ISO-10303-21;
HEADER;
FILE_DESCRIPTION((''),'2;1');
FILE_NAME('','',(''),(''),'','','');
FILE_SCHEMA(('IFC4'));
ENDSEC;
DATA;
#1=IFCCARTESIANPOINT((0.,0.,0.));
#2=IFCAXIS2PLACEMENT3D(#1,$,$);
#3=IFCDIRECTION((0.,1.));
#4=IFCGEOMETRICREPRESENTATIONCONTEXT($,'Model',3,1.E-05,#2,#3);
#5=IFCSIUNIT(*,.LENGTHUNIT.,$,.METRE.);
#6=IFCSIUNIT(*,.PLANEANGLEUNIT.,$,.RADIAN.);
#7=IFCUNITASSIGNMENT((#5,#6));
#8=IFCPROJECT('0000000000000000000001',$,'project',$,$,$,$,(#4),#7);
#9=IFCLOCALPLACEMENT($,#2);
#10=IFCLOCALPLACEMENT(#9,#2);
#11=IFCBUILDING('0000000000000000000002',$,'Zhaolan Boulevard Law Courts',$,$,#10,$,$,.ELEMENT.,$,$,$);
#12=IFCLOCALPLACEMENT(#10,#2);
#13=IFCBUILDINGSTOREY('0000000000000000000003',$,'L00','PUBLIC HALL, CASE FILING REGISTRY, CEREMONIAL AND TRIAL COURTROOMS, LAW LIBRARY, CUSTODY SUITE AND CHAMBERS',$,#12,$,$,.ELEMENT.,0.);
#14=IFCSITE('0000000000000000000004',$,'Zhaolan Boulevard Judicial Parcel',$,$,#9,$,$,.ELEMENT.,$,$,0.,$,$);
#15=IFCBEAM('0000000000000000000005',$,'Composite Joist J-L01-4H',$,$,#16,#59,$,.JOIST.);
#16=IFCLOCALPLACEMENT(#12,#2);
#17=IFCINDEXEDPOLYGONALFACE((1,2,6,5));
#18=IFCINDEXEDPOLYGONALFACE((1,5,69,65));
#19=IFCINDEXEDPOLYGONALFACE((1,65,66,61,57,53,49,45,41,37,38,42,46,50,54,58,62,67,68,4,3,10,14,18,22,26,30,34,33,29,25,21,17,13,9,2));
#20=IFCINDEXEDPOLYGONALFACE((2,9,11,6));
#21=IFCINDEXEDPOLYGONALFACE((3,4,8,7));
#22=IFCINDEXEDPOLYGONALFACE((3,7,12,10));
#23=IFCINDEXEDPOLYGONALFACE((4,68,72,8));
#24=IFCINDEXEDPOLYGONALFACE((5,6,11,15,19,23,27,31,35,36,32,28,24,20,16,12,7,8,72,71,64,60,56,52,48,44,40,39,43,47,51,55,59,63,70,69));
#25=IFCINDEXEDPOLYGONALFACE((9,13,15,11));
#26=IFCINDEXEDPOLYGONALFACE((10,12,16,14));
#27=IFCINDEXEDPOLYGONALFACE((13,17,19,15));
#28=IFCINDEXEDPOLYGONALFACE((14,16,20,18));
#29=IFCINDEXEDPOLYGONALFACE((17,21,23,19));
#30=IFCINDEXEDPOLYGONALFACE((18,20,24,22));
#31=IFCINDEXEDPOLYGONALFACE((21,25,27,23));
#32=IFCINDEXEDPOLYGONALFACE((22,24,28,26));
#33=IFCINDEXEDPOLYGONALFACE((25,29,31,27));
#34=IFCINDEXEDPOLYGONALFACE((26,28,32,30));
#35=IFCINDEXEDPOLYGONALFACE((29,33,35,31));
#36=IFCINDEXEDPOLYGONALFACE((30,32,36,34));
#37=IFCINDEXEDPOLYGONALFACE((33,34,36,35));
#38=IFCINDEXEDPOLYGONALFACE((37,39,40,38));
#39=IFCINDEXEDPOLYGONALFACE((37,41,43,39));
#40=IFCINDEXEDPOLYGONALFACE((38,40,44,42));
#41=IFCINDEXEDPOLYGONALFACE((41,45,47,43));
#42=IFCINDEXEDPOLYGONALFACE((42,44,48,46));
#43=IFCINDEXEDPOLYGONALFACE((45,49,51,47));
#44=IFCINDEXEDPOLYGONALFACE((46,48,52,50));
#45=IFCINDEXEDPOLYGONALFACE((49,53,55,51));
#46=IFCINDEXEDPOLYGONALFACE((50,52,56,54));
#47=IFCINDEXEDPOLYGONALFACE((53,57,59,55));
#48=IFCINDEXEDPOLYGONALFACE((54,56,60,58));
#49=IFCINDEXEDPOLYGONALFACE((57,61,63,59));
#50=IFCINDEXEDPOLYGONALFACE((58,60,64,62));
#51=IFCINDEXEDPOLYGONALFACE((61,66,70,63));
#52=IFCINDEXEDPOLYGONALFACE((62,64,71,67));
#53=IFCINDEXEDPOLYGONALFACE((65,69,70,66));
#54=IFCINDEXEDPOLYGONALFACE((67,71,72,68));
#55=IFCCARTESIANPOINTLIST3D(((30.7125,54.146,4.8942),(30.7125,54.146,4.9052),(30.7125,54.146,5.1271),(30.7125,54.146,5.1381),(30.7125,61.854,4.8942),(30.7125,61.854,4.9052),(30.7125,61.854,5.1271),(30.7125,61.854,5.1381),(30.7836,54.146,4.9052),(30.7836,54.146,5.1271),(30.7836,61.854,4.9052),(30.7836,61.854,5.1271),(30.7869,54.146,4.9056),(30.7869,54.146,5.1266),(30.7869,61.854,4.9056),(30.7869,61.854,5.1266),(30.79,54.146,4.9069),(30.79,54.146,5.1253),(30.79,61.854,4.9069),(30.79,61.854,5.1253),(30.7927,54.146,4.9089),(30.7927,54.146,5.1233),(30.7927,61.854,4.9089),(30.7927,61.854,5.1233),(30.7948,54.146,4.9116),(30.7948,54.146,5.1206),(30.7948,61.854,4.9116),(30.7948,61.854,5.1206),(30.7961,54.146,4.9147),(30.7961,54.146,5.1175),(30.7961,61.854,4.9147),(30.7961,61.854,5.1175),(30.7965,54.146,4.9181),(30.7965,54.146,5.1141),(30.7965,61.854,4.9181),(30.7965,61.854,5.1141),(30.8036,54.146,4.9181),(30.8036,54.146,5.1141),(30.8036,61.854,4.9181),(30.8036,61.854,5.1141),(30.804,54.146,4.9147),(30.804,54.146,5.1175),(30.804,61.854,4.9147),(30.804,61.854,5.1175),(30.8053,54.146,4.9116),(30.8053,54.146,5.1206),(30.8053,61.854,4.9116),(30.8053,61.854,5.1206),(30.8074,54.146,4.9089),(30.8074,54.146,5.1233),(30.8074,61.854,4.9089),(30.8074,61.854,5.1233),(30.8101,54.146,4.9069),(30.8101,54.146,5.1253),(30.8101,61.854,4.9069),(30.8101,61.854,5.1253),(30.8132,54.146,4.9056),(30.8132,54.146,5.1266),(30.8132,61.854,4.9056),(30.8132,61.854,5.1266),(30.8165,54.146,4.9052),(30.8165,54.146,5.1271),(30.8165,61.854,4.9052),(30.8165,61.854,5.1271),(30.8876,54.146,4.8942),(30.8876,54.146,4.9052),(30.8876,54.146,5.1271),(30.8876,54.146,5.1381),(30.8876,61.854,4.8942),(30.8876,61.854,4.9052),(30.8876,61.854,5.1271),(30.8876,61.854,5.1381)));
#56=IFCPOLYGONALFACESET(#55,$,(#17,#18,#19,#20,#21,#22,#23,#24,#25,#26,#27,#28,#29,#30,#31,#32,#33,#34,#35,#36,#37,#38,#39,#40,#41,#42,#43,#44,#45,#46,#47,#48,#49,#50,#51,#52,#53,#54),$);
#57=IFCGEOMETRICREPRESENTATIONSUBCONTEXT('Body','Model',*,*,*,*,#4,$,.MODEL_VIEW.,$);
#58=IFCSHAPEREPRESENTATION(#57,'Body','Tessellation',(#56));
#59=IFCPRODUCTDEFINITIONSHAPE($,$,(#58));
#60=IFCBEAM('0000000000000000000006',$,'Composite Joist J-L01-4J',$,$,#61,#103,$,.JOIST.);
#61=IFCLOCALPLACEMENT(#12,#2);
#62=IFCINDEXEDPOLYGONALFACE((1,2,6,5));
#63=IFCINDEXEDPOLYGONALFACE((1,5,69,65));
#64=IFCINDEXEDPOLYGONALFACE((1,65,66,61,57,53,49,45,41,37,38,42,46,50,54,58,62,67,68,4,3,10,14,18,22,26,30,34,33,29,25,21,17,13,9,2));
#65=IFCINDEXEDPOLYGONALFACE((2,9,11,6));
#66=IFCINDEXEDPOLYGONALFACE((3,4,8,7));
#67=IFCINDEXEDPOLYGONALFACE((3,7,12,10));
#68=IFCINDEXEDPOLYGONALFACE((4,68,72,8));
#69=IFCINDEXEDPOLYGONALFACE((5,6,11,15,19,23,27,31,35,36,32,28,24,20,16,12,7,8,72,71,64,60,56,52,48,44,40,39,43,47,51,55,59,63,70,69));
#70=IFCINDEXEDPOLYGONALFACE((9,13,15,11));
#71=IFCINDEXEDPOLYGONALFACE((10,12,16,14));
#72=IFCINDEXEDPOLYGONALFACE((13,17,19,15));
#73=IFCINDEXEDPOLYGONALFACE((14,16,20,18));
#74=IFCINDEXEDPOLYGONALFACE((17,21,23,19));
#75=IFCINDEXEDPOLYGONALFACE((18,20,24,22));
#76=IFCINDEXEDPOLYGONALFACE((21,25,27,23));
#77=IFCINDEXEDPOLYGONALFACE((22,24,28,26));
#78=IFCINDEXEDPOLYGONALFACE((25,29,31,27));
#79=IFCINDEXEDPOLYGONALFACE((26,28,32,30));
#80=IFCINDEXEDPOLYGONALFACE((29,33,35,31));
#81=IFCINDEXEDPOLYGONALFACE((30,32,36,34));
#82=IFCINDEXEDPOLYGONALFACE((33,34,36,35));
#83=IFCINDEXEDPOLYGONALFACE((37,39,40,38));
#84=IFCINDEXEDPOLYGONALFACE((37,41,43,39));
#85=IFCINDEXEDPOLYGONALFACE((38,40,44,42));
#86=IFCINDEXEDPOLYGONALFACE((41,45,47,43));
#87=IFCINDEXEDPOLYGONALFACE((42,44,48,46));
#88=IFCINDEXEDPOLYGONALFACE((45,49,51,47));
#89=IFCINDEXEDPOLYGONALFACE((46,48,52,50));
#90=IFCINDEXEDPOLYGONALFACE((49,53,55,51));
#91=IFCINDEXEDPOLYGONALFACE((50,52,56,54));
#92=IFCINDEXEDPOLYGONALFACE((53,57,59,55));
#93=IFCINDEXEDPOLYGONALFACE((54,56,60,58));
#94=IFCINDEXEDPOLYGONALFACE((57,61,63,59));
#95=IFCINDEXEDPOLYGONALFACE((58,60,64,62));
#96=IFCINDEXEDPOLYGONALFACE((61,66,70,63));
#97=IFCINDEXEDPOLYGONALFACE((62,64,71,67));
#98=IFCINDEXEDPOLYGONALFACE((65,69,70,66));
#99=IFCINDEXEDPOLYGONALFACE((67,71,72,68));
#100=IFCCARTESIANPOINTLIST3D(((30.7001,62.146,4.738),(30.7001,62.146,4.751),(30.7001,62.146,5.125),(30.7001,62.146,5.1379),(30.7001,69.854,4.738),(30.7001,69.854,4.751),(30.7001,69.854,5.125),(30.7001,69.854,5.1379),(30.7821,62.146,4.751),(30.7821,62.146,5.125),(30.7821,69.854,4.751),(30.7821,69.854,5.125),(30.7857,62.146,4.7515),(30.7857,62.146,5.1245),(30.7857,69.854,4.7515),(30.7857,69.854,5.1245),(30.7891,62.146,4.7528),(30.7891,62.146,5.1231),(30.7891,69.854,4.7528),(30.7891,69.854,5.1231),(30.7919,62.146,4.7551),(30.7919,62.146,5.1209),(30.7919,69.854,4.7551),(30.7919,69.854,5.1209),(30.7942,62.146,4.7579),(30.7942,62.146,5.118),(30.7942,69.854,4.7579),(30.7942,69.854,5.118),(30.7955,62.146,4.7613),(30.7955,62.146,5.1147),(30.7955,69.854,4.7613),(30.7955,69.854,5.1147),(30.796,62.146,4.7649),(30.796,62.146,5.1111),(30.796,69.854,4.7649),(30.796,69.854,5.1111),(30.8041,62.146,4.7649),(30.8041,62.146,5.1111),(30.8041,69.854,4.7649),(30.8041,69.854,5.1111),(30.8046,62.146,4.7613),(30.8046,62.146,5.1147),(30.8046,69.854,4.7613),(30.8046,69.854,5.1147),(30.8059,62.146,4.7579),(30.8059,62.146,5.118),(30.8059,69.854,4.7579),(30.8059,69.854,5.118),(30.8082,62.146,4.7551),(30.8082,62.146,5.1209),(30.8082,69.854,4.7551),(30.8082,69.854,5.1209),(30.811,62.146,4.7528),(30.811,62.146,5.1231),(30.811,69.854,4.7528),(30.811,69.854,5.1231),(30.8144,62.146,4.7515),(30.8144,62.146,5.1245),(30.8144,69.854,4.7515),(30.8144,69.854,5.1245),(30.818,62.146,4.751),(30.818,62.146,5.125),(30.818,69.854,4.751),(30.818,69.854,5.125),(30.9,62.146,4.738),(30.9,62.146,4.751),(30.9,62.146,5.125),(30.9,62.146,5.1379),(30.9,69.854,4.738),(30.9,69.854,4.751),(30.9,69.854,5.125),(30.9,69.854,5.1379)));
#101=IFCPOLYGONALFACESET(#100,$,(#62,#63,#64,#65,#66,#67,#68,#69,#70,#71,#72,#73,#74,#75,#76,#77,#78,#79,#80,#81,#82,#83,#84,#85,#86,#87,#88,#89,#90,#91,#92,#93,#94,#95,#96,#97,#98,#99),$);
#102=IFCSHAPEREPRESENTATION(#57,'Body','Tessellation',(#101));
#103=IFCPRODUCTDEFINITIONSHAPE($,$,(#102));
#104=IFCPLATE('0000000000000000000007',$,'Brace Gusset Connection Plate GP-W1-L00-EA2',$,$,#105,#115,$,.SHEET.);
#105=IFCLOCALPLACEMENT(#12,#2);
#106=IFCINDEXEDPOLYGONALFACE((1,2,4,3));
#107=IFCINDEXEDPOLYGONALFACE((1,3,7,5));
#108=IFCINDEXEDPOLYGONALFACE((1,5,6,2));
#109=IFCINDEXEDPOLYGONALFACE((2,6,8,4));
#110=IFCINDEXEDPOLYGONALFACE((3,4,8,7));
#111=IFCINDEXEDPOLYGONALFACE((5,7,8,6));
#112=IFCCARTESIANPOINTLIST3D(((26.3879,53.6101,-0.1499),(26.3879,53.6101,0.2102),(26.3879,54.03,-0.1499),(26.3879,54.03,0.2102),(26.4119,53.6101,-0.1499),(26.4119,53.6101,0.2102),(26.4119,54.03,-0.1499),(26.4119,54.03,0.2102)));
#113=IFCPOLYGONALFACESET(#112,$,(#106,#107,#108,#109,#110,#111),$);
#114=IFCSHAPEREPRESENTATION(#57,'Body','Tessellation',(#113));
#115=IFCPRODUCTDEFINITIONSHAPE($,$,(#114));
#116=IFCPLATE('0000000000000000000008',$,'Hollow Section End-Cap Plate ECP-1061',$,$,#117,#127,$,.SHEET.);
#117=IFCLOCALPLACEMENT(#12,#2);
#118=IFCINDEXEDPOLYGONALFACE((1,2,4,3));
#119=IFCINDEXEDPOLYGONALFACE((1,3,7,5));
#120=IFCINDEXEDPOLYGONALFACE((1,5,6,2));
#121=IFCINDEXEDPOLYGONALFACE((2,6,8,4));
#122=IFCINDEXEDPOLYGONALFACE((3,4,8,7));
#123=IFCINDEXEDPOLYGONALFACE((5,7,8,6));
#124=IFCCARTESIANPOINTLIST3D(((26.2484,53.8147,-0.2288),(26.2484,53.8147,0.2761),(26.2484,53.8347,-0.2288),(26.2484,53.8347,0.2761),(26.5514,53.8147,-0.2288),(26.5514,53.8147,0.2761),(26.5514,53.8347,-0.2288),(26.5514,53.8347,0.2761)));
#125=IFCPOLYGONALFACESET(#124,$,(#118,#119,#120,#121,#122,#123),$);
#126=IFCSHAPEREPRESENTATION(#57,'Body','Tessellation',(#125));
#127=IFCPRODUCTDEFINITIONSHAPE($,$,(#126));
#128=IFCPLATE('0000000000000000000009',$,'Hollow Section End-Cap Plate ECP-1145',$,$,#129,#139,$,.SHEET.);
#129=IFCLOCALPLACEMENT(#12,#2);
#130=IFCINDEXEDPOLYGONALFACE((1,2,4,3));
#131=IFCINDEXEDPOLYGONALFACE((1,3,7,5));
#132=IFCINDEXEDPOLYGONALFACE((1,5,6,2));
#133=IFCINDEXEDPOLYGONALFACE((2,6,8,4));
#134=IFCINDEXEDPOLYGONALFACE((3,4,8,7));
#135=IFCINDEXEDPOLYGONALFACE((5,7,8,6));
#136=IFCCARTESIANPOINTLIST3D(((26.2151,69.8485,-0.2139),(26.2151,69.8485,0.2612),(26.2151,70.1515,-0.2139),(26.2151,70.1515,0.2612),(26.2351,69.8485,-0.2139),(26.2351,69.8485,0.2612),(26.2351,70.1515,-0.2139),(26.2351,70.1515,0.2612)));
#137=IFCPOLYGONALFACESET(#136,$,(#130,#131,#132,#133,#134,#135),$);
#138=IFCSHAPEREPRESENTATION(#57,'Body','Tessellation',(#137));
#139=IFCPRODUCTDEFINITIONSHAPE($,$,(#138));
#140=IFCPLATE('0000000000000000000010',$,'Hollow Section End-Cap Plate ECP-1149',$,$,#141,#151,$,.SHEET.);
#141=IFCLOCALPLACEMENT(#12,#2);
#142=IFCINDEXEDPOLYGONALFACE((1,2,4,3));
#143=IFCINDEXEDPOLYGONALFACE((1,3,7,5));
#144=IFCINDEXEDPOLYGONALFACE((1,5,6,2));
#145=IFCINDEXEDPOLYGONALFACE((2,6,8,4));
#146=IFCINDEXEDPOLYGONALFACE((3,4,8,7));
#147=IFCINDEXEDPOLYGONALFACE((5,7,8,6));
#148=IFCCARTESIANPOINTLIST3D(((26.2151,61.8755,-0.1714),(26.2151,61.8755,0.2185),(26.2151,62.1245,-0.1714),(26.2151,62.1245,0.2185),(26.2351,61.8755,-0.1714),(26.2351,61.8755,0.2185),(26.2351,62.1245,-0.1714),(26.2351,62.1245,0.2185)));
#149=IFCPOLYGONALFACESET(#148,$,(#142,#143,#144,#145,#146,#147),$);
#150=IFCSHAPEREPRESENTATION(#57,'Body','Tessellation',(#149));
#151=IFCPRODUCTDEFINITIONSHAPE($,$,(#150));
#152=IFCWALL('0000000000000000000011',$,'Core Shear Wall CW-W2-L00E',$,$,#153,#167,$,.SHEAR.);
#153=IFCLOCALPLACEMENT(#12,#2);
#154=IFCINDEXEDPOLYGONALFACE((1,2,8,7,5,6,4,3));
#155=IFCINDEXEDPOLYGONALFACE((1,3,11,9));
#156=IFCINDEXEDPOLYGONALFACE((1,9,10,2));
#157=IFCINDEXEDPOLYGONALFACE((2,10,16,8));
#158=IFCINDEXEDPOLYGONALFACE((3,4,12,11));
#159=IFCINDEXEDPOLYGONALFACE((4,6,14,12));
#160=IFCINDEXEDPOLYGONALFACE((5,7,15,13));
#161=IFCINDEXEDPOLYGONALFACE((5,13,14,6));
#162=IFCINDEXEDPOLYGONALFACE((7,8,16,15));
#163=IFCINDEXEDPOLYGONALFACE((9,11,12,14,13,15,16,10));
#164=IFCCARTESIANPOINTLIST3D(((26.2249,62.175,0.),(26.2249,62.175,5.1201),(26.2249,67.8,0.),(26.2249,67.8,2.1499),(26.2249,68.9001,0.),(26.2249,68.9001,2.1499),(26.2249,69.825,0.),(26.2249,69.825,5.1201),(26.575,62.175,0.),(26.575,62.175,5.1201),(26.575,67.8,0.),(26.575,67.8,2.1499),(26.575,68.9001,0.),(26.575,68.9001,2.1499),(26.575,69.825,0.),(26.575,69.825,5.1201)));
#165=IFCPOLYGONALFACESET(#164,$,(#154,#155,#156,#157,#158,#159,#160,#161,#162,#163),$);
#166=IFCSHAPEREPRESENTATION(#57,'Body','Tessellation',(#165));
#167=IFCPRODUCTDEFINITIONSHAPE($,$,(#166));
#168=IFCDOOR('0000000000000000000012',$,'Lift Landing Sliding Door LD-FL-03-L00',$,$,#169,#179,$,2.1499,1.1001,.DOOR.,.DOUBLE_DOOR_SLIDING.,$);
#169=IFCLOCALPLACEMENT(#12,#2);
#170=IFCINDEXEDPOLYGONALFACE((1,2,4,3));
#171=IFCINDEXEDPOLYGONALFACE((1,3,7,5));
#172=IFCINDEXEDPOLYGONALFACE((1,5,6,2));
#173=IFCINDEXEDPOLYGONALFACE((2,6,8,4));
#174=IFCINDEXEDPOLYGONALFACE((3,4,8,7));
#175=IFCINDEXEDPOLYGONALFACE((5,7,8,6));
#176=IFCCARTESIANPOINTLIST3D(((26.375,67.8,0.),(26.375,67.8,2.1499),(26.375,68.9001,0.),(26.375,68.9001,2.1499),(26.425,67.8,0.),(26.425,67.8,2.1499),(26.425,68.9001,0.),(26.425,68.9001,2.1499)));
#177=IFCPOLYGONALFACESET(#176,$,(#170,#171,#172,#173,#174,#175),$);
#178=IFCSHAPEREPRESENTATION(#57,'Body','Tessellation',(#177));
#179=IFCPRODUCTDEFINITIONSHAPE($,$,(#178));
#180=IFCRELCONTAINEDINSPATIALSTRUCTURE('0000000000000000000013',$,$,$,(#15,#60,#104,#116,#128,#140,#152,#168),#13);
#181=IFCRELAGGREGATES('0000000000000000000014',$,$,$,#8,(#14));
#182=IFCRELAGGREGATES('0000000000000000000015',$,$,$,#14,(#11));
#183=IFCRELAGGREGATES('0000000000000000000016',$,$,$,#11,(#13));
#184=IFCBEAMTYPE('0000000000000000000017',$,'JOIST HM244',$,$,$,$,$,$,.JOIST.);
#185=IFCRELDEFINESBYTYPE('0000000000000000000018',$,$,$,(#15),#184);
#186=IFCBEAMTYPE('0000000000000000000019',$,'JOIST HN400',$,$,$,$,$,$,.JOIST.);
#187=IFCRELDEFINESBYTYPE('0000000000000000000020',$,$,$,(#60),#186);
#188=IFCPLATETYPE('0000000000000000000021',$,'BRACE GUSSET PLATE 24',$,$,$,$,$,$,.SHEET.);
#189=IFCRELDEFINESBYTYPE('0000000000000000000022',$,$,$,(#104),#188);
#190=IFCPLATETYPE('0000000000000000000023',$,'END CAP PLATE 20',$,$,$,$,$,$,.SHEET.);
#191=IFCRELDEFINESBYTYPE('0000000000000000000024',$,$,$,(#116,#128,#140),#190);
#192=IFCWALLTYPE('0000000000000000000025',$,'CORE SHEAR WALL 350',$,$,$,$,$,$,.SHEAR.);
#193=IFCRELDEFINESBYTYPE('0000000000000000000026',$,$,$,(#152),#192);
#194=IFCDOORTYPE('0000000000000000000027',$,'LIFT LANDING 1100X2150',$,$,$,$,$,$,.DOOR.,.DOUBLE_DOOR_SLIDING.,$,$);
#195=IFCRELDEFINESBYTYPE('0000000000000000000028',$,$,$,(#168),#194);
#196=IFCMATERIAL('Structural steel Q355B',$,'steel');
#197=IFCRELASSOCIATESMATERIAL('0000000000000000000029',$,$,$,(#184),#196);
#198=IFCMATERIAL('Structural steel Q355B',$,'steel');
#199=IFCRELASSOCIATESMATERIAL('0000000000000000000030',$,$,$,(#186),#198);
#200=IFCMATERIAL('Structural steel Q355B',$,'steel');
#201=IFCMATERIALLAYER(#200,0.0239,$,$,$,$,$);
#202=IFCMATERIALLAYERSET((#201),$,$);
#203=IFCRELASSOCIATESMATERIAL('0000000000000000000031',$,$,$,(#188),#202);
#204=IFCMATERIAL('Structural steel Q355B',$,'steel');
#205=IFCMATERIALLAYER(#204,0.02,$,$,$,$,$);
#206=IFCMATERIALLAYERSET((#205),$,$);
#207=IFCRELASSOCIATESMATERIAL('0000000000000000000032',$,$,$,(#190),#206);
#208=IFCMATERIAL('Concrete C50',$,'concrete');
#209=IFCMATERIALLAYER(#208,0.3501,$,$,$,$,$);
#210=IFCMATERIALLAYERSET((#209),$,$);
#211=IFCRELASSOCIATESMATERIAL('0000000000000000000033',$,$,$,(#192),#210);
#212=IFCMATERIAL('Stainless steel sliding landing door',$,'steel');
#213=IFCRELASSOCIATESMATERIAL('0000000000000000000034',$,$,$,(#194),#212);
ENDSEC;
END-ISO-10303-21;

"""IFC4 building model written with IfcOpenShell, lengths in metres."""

from ifc_helpers import new_model, si_unit, direction, frame, frame_2d, origin, origin_2d, place, context, subcontext, project, spatial, rectangle, i_section, extrude, material, layer, layer_set, material_profile, profile_set, type_object, element, fill, save


model = new_model("IFC4")

# Units and contexts
model_context = context("Model", 3, precision=1e-05, world=origin(), true_north=direction((0.0, 1.0)))
body_context = subcontext(model_context, "Body", "Model", "MODEL_VIEW")
ifc_project = project(units=[si_unit("LENGTHUNIT", "METRE"), si_unit("PLANEANGLEUNIT", "RADIAN")], contexts=[model_context])

# Site, building, storey
site_placement = place(None, origin())
site = spatial("IfcSite", under=ifc_project, at=site_placement, Name="Zhaolan Boulevard Judicial Parcel", CompositionType="ELEMENT", RefElevation=0.0)
building_placement = place(site_placement, origin())
building = spatial("IfcBuilding", under=site, at=building_placement, Name="Zhaolan Boulevard Law Courts", CompositionType="ELEMENT")
storey_placement = place(building_placement, origin())
storey = spatial("IfcBuildingStorey", under=building, at=storey_placement, Name="L00", Description="PUBLIC HALL, CASE FILING REGISTRY, CEREMONIAL AND TRIAL COURTROOMS, LAW LIBRARY, CUSTODY SUITE AND CHAMBERS", CompositionType="ELEMENT", Elevation=0.0)

# Beams
ifc_material_1 = material(Name="Structural steel Q355B", Category="steel")
ifc_material_profile_1 = material_profile(ifc_material_1, i_section(OverallWidth=0.175, OverallDepth=0.2439, WebThickness=0.0071, FlangeThickness=0.011, FilletRadius=0.0129, at=origin_2d()), Name="HM244x175")
ifc_profile_set_1 = profile_set([ifc_material_profile_1], Name="Structural steel Q355B")
beam_type_1 = type_object("IfcBeamType", Name="JOIST HM244", PredefinedType="JOIST", material=ifc_profile_set_1)
beam_1_placement = place(storey_placement, frame((30.8, 54.146, 5.0161), z_axis=(0.0, 1.0, 0.0), x_axis=(-1.0, 0.0, 0.0)))
element("IfcBeam", 1, at=beam_1_placement, inside=storey, type_object=beam_type_1, Name="Composite Joist J-L01-4H", PredefinedType="JOIST", context=body_context, shape_type="SweptSolid", body=[
    extrude(i_section(OverallWidth=0.175, OverallDepth=0.2439, WebThickness=0.0071, FlangeThickness=0.011, FilletRadius=0.0129, at=origin_2d()), origin(), (0.0, 0.0, 1.0), 7.708),
])
ifc_material_2 = material(Name="Structural steel Q355B", Category="steel")
ifc_material_profile_2 = material_profile(ifc_material_2, i_section(OverallWidth=0.2, OverallDepth=0.3999, WebThickness=0.0081, FlangeThickness=0.0129, FilletRadius=0.0139, at=origin_2d()), Name="HN400x200")
ifc_profile_set_2 = profile_set([ifc_material_profile_2], Name="Structural steel Q355B")
beam_type_2 = type_object("IfcBeamType", Name="JOIST HN400", PredefinedType="JOIST", material=ifc_profile_set_2)
beam_2_placement = place(storey_placement, frame((30.8, 62.146, 4.938), z_axis=(0.0, 1.0, 0.0), x_axis=(-1.0, 0.0, 0.0)))
element("IfcBeam", 2, at=beam_2_placement, inside=storey, type_object=beam_type_2, Name="Composite Joist J-L01-4J", PredefinedType="JOIST", context=body_context, shape_type="SweptSolid", body=[
    extrude(i_section(OverallWidth=0.2, OverallDepth=0.3999, WebThickness=0.0081, FlangeThickness=0.0129, FilletRadius=0.0139, at=origin_2d()), origin(), (0.0, 0.0, 1.0), 7.708),
])

# Plates
ifc_material_3 = material(Name="Structural steel Q355B", Category="steel")
ifc_layer_1 = layer(ifc_material_3, 0.0239)
ifc_layer_set_1 = layer_set([ifc_layer_1])
plate_type_1 = type_object("IfcPlateType", Name="BRACE GUSSET PLATE 24", PredefinedType="SHEET", material=ifc_layer_set_1)
plate_1_placement = place(storey_placement, frame((26.3999, 53.8201, -0.1499), z_axis=(0.0, 0.0, 1.0), x_axis=(0.0, 1.0, 0.0)))
element("IfcPlate", 3, at=plate_1_placement, inside=storey, type_object=plate_type_1, Name="Brace Gusset Connection Plate GP-W1-L00-EA2", PredefinedType="SHEET", context=body_context, shape_type="SweptSolid", body=[
    extrude(rectangle(XDim=0.4199, YDim=0.0239, at=origin_2d()), origin(), (0.0, 0.0, 1.0), 0.3601),
])
ifc_material_4 = material(Name="Structural steel Q355B", Category="steel")
ifc_layer_2 = layer(ifc_material_4, 0.02)
ifc_layer_set_2 = layer_set([ifc_layer_2])
plate_type_2 = type_object("IfcPlateType", Name="END CAP PLATE 20", PredefinedType="SHEET", material=ifc_layer_set_2)
plate_2_placement = place(storey_placement, frame((26.3999, 53.8247, -0.2288), z_axis=(0.0, 0.0, 1.0), x_axis=(0.0, -1.0, 0.0)))
element("IfcPlate", 4, at=plate_2_placement, inside=storey, type_object=plate_type_2, Name="Hollow Section End-Cap Plate ECP-1061", PredefinedType="SHEET", context=body_context, shape_type="SweptSolid", body=[
    extrude(rectangle(XDim=0.02, YDim=0.303, at=origin_2d()), origin(), (0.0, 0.0, 1.0), 0.5049),
])
plate_3_placement = place(storey_placement, frame((26.2251, 70.0, -0.2139), z_axis=(0.0, 0.0, 1.0), x_axis=(-1.0, 0.0, 0.0)))
element("IfcPlate", 5, at=plate_3_placement, inside=storey, type_object=plate_type_2, Name="Hollow Section End-Cap Plate ECP-1145", PredefinedType="SHEET", context=body_context, shape_type="SweptSolid", body=[
    extrude(rectangle(XDim=0.02, YDim=0.303, at=origin_2d()), origin(), (0.0, 0.0, 1.0), 0.4751),
])
plate_4_placement = place(storey_placement, frame((26.2251, 62.0, -0.1714), z_axis=(0.0, 0.0, 1.0), x_axis=(-1.0, 0.0, 0.0)))
element("IfcPlate", 6, at=plate_4_placement, inside=storey, type_object=plate_type_2, Name="Hollow Section End-Cap Plate ECP-1149", PredefinedType="SHEET", context=body_context, shape_type="SweptSolid", body=[
    extrude(rectangle(XDim=0.02, YDim=0.249, at=origin_2d()), origin(), (0.0, 0.0, 1.0), 0.3899),
])

# Shared definitions
ifc_material_5 = material(Name="Concrete C50", Category="concrete")
ifc_layer_3 = layer(ifc_material_5, 0.3501)
ifc_layer_set_3 = layer_set([ifc_layer_3])
wall_type_1 = type_object("IfcWallType", Name="CORE SHEAR WALL 350", PredefinedType="SHEAR", material=ifc_layer_set_3)
ifc_material_6 = material(Name="Stainless steel sliding landing door", Category="steel")
door_type_1 = type_object("IfcDoorType", Name="LIFT LANDING 1100X2150", OperationType="DOUBLE_DOOR_SLIDING", PredefinedType="DOOR", material=ifc_material_6)

# Wall, opening, door
wall_1_placement = place(storey_placement, frame((26.3999, 62.175, 0.0), z_axis=(0.0, 0.0, 1.0), x_axis=(0.0, 1.0, 0.0)))
wall_1 = element("IfcWall", 7, at=wall_1_placement, inside=storey, type_object=wall_type_1, Name="Core Shear Wall CW-W2-L00E", PredefinedType="SHEAR", context=body_context, shape_type="SweptSolid", body=[
    extrude(rectangle(XDim=7.6499, YDim=0.3501, at=frame_2d((3.825, 0.0))), origin(), (0.0, 0.0, 1.0), 5.1201),
])
opening_1_placement = place(wall_1_placement, frame((5.625, 0.0, 0.0)))
opening_1 = element("IfcOpeningElement", 8, at=opening_1_placement, cuts=wall_1, PredefinedType="OPENING", context=body_context, shape_type="SweptSolid", body=[
    extrude(rectangle(XDim=1.1001, YDim=2.1499, at=frame_2d((0.55, 1.075))), frame((0.0, 0.1851, 0.0), z_axis=(0.0, -1.0, 0.0), x_axis=(1.0, 0.0, 0.0)), (0.0, 0.0, 1.0), 0.3701),
])
door_1_placement = place(opening_1_placement, origin())
door_1 = element("IfcDoor", 9, at=door_1_placement, inside=storey, type_object=door_type_1, Name="Lift Landing Sliding Door LD-FL-03-L00", OperationType="DOUBLE_DOOR_SLIDING", OverallHeight=2.1499, OverallWidth=1.1001, PredefinedType="DOOR", context=body_context, shape_type="SweptSolid", body=[
    extrude(rectangle(XDim=1.1001, YDim=2.1499, at=frame_2d((0.55, 1.075))), frame((0.0, 0.0249, 0.0), z_axis=(0.0, -1.0, 0.0), x_axis=(1.0, 0.0, 0.0)), (0.0, 0.0, 1.0), 0.05),
])
fill(opening_1, door_1)

save(model, "model.ifc")
